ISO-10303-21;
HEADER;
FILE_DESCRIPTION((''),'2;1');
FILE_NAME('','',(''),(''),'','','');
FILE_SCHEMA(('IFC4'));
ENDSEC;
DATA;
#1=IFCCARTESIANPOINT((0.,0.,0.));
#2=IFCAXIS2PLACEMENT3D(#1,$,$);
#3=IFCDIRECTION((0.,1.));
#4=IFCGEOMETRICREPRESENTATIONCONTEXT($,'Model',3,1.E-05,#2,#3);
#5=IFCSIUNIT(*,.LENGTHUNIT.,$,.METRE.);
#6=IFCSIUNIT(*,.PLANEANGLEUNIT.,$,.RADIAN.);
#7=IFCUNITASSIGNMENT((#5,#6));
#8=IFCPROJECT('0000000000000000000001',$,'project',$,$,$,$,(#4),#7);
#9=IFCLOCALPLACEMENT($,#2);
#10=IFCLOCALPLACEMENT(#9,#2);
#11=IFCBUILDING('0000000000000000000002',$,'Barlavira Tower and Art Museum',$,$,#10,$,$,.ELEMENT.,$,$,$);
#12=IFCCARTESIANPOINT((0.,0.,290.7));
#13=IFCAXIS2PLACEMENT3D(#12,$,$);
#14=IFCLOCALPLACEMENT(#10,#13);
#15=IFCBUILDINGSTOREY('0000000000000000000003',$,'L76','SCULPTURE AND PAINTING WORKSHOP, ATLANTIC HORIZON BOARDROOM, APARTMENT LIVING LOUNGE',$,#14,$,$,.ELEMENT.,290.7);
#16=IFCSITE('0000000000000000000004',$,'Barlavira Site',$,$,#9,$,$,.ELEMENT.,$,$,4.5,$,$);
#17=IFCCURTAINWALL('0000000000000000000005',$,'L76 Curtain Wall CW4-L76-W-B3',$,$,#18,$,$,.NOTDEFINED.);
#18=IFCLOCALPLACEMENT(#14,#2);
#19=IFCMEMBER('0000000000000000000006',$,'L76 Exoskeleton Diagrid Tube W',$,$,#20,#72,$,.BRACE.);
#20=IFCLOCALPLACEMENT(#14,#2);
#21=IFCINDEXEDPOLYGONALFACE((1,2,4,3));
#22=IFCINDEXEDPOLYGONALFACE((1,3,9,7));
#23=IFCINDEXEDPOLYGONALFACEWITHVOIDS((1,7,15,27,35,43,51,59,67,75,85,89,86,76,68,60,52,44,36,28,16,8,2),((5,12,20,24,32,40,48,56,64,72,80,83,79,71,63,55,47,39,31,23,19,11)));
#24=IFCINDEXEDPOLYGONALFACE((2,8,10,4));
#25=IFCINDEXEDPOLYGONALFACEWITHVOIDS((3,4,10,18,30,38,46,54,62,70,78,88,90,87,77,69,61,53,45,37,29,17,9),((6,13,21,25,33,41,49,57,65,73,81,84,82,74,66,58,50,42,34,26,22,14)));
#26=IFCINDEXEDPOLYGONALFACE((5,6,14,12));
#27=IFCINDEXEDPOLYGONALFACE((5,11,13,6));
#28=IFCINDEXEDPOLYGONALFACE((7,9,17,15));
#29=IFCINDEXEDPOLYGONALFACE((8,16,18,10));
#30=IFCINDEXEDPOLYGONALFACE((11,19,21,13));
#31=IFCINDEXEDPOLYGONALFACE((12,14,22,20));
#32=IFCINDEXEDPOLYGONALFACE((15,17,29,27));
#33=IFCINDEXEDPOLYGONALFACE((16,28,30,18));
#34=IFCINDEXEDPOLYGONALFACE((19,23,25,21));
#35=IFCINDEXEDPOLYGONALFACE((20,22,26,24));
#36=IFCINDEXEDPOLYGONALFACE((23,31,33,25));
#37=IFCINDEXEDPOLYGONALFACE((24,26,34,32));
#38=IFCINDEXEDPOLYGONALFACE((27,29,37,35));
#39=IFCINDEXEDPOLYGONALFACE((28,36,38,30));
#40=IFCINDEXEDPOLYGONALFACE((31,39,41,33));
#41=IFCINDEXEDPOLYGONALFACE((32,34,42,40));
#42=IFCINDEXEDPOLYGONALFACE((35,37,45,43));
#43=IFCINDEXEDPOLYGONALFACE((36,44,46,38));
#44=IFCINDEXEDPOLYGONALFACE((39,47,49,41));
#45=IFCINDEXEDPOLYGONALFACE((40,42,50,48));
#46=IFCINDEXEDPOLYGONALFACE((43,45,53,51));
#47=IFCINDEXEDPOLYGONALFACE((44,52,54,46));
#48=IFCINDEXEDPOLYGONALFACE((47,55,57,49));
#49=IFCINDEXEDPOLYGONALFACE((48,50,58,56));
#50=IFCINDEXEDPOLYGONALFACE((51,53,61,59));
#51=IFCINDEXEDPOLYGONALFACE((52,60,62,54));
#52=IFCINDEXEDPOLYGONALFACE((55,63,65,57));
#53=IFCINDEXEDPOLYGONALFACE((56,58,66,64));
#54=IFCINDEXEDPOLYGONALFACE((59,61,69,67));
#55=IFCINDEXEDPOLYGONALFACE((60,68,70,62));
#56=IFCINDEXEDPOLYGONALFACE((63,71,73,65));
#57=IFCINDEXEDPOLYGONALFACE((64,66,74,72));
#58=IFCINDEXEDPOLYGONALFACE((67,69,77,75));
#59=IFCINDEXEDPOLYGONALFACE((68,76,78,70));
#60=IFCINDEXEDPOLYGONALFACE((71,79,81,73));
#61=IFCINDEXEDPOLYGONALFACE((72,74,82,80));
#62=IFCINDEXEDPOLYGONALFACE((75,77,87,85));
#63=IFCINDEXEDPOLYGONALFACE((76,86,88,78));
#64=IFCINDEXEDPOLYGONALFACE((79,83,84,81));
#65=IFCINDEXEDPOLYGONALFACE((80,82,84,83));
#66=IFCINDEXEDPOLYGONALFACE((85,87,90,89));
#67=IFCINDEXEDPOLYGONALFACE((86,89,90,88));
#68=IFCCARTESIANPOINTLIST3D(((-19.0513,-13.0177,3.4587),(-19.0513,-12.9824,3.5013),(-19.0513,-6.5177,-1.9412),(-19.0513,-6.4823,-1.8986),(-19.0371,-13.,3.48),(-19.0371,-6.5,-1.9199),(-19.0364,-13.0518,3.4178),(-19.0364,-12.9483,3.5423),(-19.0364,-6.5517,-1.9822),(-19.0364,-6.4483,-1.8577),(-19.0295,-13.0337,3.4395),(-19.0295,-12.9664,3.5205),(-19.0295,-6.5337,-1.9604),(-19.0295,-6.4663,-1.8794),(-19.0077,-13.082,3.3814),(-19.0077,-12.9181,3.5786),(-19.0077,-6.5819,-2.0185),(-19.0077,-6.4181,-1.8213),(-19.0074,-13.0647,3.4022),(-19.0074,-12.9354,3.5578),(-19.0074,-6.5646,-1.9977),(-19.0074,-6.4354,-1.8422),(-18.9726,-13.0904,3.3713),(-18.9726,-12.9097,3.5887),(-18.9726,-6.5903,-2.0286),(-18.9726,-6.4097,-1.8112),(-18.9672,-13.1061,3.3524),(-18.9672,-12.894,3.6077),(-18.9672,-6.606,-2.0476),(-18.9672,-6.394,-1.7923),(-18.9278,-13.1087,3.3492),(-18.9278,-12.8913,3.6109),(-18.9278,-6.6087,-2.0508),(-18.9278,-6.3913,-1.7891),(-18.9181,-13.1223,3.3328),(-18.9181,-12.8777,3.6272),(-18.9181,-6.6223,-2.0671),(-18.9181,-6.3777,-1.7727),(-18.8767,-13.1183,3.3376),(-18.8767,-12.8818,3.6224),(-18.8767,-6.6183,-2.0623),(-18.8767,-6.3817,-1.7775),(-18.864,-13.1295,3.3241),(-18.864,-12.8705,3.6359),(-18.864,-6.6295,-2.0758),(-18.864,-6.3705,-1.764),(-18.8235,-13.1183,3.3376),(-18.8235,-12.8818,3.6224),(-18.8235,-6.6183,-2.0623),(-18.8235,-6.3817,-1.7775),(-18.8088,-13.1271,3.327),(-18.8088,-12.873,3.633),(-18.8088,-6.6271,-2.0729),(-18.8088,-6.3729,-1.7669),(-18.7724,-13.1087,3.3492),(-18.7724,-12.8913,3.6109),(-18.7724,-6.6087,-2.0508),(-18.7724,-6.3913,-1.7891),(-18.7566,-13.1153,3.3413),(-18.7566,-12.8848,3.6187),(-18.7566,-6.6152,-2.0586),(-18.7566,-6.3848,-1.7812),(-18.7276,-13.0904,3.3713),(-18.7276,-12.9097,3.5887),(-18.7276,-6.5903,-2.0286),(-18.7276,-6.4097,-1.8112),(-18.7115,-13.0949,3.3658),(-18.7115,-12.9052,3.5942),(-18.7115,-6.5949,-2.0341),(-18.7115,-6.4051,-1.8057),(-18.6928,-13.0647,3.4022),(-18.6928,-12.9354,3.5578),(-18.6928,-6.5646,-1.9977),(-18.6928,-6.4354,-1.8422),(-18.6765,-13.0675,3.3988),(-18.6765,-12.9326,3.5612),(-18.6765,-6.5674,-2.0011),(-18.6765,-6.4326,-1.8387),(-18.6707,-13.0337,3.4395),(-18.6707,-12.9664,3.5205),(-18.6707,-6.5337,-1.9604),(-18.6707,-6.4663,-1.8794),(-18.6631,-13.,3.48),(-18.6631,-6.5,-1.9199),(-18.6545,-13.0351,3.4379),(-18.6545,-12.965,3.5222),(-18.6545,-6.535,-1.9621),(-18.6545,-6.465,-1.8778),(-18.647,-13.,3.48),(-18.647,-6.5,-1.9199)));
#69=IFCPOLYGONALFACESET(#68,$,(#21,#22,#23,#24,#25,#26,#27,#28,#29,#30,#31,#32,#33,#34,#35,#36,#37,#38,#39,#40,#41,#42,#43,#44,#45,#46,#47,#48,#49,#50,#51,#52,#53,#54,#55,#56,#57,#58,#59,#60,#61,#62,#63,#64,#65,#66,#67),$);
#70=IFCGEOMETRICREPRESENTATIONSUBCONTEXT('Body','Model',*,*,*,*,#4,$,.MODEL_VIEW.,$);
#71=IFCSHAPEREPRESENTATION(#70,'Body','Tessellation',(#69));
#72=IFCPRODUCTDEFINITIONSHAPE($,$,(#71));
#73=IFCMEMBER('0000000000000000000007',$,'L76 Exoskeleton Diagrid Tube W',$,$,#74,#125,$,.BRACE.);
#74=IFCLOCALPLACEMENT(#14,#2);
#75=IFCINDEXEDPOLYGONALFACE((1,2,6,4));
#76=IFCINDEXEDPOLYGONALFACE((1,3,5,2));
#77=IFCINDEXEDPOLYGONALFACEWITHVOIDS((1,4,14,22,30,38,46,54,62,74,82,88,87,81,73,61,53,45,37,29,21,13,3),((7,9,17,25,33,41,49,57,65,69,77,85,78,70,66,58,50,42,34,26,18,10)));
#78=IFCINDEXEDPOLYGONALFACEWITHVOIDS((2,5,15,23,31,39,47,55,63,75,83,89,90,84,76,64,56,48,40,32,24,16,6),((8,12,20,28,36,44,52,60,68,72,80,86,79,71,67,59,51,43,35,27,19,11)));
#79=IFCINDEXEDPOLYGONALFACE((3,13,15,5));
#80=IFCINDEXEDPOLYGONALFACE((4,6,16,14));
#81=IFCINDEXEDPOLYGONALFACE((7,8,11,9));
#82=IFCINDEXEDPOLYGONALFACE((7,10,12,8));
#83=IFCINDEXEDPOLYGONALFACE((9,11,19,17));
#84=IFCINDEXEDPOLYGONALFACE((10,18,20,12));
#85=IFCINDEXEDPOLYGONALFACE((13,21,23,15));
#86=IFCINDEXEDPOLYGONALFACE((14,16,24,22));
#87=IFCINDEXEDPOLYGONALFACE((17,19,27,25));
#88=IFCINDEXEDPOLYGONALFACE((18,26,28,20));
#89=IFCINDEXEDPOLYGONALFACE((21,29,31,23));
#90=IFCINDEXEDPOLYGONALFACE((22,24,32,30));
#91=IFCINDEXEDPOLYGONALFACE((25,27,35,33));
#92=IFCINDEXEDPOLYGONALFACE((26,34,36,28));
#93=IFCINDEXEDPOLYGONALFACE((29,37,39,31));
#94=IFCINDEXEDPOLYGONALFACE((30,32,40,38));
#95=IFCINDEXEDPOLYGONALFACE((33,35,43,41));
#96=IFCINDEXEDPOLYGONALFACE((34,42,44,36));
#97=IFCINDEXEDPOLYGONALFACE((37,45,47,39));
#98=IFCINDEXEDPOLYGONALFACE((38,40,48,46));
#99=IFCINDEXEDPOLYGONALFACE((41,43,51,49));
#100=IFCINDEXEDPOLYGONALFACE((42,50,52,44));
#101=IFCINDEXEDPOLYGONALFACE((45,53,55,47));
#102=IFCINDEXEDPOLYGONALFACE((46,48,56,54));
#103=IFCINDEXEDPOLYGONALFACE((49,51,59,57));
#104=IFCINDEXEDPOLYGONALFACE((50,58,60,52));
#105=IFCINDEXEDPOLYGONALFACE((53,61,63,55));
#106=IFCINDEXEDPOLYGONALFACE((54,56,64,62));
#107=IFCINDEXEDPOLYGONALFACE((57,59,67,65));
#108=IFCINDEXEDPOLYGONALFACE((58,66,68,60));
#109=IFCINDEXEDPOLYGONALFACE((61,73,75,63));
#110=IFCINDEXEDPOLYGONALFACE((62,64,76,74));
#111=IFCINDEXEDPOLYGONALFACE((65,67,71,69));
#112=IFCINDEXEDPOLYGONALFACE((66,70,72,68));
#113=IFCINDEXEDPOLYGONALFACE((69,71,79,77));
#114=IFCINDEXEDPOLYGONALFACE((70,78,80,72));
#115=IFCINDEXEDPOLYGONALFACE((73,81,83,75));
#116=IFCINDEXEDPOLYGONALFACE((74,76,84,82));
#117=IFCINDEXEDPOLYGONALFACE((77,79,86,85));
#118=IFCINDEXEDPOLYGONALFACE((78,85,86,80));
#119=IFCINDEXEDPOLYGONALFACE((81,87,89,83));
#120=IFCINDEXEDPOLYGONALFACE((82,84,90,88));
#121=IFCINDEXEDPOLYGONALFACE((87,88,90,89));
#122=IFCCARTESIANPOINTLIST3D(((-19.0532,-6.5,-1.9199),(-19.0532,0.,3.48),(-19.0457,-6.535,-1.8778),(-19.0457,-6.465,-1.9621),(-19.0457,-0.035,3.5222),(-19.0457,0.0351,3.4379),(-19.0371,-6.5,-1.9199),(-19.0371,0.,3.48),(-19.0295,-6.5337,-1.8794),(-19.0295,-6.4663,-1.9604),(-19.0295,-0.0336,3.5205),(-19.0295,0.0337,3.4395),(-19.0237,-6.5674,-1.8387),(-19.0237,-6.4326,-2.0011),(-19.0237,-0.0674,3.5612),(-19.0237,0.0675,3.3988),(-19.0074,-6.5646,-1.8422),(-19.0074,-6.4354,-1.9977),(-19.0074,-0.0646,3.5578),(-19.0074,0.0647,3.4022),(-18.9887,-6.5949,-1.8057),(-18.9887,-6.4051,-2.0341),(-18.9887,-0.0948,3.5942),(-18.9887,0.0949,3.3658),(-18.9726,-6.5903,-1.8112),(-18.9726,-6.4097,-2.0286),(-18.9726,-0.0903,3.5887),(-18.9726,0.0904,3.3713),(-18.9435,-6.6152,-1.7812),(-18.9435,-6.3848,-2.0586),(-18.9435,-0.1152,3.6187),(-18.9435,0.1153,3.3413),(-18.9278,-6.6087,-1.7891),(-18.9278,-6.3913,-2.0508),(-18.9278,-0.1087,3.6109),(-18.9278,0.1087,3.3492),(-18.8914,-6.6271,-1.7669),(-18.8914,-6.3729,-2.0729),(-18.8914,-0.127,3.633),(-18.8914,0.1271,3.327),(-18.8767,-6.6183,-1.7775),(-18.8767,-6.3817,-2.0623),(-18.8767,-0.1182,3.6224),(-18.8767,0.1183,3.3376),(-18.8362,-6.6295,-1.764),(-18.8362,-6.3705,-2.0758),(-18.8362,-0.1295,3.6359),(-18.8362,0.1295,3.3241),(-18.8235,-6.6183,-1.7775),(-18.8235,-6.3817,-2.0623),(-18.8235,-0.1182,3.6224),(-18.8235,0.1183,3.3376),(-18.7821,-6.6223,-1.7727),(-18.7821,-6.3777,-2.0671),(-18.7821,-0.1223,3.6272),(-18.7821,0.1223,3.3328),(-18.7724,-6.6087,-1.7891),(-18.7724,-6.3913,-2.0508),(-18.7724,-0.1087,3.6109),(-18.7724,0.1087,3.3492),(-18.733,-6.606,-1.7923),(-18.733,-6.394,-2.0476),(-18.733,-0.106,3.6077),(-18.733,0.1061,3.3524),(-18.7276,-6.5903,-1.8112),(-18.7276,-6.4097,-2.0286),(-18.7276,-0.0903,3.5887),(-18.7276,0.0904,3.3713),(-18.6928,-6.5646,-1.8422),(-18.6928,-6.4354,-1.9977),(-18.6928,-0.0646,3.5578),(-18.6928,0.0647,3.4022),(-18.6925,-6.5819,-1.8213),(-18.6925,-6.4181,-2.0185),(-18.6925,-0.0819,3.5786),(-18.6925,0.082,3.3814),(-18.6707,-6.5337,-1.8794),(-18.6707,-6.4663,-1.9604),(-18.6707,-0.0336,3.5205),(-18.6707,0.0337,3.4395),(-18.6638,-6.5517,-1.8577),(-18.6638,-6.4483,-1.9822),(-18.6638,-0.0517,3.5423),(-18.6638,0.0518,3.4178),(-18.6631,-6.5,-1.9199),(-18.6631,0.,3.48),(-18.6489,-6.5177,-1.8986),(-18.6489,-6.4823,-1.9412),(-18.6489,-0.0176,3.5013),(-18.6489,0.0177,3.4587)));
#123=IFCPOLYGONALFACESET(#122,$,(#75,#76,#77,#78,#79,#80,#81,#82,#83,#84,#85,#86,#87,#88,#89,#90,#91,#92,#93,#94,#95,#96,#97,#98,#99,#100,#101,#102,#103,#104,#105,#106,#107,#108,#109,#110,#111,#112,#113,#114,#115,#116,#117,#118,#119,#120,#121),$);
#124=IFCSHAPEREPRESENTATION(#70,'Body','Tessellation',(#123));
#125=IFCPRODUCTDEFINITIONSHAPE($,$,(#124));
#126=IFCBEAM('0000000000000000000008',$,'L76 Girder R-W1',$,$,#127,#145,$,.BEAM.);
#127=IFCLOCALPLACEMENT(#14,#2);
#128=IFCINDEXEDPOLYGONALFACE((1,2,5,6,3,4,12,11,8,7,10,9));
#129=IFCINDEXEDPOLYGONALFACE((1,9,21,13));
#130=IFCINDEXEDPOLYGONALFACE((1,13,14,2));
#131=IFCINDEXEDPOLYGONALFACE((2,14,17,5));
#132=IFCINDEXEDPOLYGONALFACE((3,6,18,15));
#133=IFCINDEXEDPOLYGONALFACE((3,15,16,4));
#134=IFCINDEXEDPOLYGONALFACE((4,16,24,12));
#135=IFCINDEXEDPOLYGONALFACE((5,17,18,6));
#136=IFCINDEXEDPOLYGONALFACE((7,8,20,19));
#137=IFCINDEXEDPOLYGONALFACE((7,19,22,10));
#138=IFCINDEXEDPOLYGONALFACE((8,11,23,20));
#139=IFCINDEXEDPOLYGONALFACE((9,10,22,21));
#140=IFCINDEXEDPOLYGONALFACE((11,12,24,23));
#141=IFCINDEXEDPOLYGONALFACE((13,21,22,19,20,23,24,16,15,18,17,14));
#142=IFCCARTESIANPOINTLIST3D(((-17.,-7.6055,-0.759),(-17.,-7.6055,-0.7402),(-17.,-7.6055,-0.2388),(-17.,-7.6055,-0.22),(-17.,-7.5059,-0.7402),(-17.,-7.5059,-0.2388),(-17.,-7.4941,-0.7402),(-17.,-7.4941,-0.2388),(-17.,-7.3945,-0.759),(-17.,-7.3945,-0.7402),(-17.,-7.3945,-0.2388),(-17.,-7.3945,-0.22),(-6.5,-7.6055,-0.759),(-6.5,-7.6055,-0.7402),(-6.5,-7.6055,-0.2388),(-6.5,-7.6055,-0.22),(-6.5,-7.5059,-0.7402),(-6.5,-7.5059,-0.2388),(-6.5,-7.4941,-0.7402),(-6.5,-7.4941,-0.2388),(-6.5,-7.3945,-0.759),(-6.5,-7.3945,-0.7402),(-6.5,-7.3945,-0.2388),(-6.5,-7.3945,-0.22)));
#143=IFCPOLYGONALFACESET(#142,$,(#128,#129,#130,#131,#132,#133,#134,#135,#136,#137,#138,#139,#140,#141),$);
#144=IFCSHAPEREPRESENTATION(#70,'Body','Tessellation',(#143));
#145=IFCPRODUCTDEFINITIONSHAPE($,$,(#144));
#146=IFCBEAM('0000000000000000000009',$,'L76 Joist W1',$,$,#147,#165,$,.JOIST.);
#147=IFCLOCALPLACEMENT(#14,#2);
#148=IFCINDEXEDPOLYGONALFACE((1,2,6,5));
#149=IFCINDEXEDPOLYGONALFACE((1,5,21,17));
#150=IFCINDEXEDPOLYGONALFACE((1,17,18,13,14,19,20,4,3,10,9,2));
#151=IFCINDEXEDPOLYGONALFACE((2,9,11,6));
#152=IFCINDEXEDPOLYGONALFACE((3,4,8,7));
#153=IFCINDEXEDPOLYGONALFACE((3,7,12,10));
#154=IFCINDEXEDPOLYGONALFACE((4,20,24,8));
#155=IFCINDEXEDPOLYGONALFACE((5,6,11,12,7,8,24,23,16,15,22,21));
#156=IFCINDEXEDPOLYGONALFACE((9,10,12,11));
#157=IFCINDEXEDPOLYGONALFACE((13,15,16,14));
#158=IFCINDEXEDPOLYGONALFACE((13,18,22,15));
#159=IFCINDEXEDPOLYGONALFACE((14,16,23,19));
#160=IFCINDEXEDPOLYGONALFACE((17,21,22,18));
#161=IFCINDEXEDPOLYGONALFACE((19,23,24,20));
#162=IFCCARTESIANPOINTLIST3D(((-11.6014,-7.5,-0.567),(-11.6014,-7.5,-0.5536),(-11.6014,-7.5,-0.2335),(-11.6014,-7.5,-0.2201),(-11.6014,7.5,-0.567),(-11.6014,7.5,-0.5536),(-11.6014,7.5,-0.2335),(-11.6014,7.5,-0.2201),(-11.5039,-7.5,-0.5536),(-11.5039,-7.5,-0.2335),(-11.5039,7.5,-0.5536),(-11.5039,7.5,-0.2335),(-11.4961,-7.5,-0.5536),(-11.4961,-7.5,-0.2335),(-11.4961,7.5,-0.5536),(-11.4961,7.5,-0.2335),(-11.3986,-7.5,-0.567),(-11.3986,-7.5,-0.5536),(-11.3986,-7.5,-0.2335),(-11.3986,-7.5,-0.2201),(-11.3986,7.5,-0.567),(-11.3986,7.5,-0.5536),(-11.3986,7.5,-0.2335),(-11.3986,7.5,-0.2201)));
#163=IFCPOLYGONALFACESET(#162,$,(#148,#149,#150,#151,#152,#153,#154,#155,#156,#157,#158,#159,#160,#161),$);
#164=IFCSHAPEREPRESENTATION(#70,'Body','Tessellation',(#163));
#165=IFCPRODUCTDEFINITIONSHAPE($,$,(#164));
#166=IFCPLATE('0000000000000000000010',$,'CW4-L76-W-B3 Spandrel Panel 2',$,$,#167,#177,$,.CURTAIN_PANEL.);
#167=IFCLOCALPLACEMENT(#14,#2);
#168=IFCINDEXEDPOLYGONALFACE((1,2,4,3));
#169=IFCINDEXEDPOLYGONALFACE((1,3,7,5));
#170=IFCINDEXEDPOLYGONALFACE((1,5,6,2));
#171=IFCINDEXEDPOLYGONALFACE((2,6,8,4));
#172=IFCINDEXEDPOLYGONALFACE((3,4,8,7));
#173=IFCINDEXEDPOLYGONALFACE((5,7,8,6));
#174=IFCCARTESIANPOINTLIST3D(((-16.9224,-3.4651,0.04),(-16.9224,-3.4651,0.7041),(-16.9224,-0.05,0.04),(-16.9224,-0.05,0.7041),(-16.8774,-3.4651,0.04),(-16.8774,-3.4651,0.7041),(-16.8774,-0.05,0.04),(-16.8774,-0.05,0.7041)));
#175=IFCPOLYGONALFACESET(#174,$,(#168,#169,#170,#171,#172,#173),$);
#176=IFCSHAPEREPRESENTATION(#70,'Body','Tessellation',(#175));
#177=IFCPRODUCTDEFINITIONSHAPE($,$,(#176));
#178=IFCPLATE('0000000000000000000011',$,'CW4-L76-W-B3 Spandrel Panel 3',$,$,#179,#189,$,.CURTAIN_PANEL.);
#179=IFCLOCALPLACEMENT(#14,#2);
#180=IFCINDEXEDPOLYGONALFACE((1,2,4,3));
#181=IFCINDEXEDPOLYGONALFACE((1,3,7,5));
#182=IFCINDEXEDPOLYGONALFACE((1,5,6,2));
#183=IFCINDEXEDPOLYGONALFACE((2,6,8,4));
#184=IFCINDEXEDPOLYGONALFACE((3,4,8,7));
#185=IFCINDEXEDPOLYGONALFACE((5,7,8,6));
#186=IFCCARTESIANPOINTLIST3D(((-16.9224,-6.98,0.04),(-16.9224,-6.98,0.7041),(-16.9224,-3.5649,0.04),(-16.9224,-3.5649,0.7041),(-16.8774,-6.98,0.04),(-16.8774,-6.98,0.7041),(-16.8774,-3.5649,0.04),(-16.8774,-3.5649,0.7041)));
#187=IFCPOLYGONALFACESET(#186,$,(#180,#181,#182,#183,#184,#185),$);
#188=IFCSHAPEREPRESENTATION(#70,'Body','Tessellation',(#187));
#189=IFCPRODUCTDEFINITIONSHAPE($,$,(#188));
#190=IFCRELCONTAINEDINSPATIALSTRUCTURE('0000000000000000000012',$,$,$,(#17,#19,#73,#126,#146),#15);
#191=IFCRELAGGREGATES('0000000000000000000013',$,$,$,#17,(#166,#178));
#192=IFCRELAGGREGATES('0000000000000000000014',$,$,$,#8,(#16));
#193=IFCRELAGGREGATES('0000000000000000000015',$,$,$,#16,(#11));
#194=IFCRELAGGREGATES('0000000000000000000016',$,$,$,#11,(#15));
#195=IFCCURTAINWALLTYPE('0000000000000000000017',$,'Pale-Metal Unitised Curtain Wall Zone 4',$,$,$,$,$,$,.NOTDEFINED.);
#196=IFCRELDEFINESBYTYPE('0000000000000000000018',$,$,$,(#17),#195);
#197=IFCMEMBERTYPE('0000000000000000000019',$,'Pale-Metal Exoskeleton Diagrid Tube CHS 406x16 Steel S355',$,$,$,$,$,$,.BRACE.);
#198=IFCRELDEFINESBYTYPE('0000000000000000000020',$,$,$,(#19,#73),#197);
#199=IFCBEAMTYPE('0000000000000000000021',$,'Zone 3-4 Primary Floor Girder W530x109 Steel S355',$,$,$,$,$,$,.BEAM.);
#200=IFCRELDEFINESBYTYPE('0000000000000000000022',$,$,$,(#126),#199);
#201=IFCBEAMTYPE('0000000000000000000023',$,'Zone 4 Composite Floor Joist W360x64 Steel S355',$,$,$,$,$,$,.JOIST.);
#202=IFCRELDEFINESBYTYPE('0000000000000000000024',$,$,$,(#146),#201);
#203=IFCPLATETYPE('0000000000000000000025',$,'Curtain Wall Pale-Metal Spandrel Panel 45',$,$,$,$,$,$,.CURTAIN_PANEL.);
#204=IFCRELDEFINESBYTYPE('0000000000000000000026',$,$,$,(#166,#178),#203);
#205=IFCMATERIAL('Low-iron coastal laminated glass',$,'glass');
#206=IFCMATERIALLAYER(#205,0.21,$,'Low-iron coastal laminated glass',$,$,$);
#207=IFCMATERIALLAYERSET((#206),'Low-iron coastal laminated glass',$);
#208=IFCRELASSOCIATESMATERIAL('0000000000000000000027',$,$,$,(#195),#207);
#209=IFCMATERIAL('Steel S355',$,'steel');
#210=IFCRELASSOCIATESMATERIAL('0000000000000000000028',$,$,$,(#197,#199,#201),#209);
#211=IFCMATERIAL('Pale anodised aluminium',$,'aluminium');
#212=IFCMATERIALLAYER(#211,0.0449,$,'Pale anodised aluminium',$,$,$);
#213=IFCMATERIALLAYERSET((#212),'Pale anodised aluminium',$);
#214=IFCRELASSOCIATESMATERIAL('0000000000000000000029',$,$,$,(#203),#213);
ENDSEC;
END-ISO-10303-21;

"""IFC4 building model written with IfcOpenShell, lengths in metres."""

from ifc_helpers import new_model, si_unit, direction, frame, origin, origin_2d, place, context, subcontext, project, spatial, rectangle, hollow_circle, i_section, extrude, material, layer, layer_set, material_profile, profile_set, type_object, element, aggregate, save


model = new_model("IFC4")

# Units and contexts
model_context = context("Model", 3, precision=1e-05, world=origin(), true_north=direction((0.0, 1.0)))
body_context = subcontext(model_context, "Body", "Model", "MODEL_VIEW")
ifc_project = project(units=[si_unit("LENGTHUNIT", "METRE"), si_unit("PLANEANGLEUNIT", "RADIAN")], contexts=[model_context])

# Site, building, storey
site_placement = place(None, origin())
site = spatial("IfcSite", under=ifc_project, at=site_placement, Name="Barlavira Site", CompositionType="ELEMENT", RefElevation=4.5)
building_placement = place(site_placement, origin())
building = spatial("IfcBuilding", under=site, at=building_placement, Name="Barlavira Tower and Art Museum", CompositionType="ELEMENT")
storey_placement = place(building_placement, frame((0.0, 0.0, 290.7)))
storey = spatial("IfcBuildingStorey", under=building, at=storey_placement, Name="L76", Description="SCULPTURE AND PAINTING WORKSHOP, ATLANTIC HORIZON BOARDROOM, APARTMENT LIVING LOUNGE", CompositionType="ELEMENT", Elevation=290.7)

# Curtain wall
ifc_material_1 = material(Name="Low-iron coastal laminated glass", Category="glass")
ifc_layer_1 = layer(ifc_material_1, 0.21, Name="Low-iron coastal laminated glass")
ifc_layer_set_1 = layer_set([ifc_layer_1], Name="Low-iron coastal laminated glass")
curtain_wall_type = type_object("IfcCurtainWallType", Name="Pale-Metal Unitised Curtain Wall Zone 4", PredefinedType="NOTDEFINED", material=ifc_layer_set_1)
curtain_wall_placement = place(storey_placement, origin())
curtain_wall = element("IfcCurtainWall", 1, at=curtain_wall_placement, inside=storey, type_object=curtain_wall_type, Name="L76 Curtain Wall CW4-L76-W-B3", PredefinedType="NOTDEFINED")
ifc_material_2 = material(Name="Pale anodised aluminium", Category="aluminium")

# Members
ifc_material_3 = material(Name="Steel S355", Category="steel")
ifc_material_profile_1 = material_profile(ifc_material_3, hollow_circle(Radius=0.2031, WallThickness=0.0161, at=origin_2d()), Name="CHS 406.4x16.0")
ifc_profile_set_1 = profile_set([ifc_material_profile_1], Name="Steel S355")
member_type_1 = type_object("IfcMemberType", Name="Pale-Metal Exoskeleton Diagrid Tube CHS 406x16 Steel S355", PredefinedType="BRACE", material=ifc_profile_set_1)
for number, where, z_axis, x_axis, name in (
    (2, (-18.8501, -6.5, -1.9199), (0.0, -0.769196, 0.639013), (1.0, 0.0, 0.0), "L76 Exoskeleton Diagrid Tube W"),
    (3, (-18.8501, -6.5, -1.9199), (0.0, 0.769196, 0.639013), (-1.0, 0.0, 0.0), "L76 Exoskeleton Diagrid Tube W"),
):
    element("IfcMember", number, at=place(storey_placement, frame(where, z_axis=z_axis, x_axis=x_axis)), inside=storey, type_object=member_type_1, Name=name, PredefinedType="BRACE", context=body_context, shape_type="SweptSolid", body=[
        extrude(hollow_circle(Radius=0.2031, WallThickness=0.0161, at=origin_2d()), origin(), (0.0, 0.0, 1.0), 8.4504),
    ])

# Beams
ifc_material_profile_2 = material_profile(ifc_material_3, i_section(OverallWidth=0.2109, OverallDepth=0.5391, WebThickness=0.0117, FlangeThickness=0.0188, at=origin_2d()), Name="W530x109.0")
ifc_profile_set_2 = profile_set([ifc_material_profile_2], Name="Steel S355")
beam_type_1 = type_object("IfcBeamType", Name="Zone 3-4 Primary Floor Girder W530x109 Steel S355", PredefinedType="BEAM", material=ifc_profile_set_2)
beam_1_placement = place(storey_placement, frame((-17.0, -7.5, -0.4895), z_axis=(1.0, 0.0, 0.0), x_axis=(0.0, 1.0, 0.0)))
element("IfcBeam", 4, at=beam_1_placement, inside=storey, type_object=beam_type_1, Name="L76 Girder R-W1", PredefinedType="BEAM", context=body_context, shape_type="SweptSolid", body=[
    extrude(i_section(OverallWidth=0.2109, OverallDepth=0.5391, WebThickness=0.0117, FlangeThickness=0.0188, at=origin_2d()), origin(), (0.0, 0.0, 1.0), 10.5),
])
ifc_material_profile_3 = material_profile(ifc_material_3, i_section(OverallWidth=0.2029, OverallDepth=0.3469, WebThickness=0.0078, FlangeThickness=0.0134, at=origin_2d()), Name="W360x64.0")
ifc_profile_set_3 = profile_set([ifc_material_profile_3], Name="Steel S355")
beam_type_2 = type_object("IfcBeamType", Name="Zone 4 Composite Floor Joist W360x64 Steel S355", PredefinedType="JOIST", material=ifc_profile_set_3)
beam_2_placement = place(storey_placement, frame((-11.5, -7.5, -0.3936), z_axis=(0.0, 1.0, 0.0), x_axis=(-1.0, 0.0, 0.0)))
element("IfcBeam", 5, at=beam_2_placement, inside=storey, type_object=beam_type_2, Name="L76 Joist W1", PredefinedType="JOIST", context=body_context, shape_type="SweptSolid", body=[
    extrude(i_section(OverallWidth=0.2029, OverallDepth=0.3469, WebThickness=0.0078, FlangeThickness=0.0134, at=origin_2d()), origin(), (0.0, 0.0, 1.0), 15.0),
])

# Plates
ifc_layer_2 = layer(ifc_material_2, 0.0449, Name="Pale anodised aluminium")
ifc_layer_set_2 = layer_set([ifc_layer_2], Name="Pale anodised aluminium")
plate_type_1 = type_object("IfcPlateType", Name="Curtain Wall Pale-Metal Spandrel Panel 45", PredefinedType="CURTAIN_PANEL", material=ifc_layer_set_2)
plate_1_placement = place(storey_placement, frame((-16.8999, -1.7576, 0.04), z_axis=(0.0, 0.0, 1.0), x_axis=(0.0, -1.0, 0.0)))
plate_1 = element("IfcPlate", 6, at=plate_1_placement, type_object=plate_type_1, Name="CW4-L76-W-B3 Spandrel Panel 2", PredefinedType="CURTAIN_PANEL", context=body_context, shape_type="SweptSolid", body=[
    extrude(rectangle(XDim=3.415, YDim=0.0449, at=origin_2d()), origin(), (0.0, 0.0, 1.0), 0.6641),
])
plate_2_placement = place(storey_placement, frame((-16.8999, -5.2725, 0.04), z_axis=(0.0, 0.0, 1.0), x_axis=(0.0, -1.0, 0.0)))
plate_2 = element("IfcPlate", 7, at=plate_2_placement, type_object=plate_type_1, Name="CW4-L76-W-B3 Spandrel Panel 3", PredefinedType="CURTAIN_PANEL", context=body_context, shape_type="SweptSolid", body=[
    extrude(rectangle(XDim=3.415, YDim=0.0449, at=origin_2d()), origin(), (0.0, 0.0, 1.0), 0.6641),
])
aggregate(curtain_wall, [plate_1, plate_2])

save(model, "model.ifc")
